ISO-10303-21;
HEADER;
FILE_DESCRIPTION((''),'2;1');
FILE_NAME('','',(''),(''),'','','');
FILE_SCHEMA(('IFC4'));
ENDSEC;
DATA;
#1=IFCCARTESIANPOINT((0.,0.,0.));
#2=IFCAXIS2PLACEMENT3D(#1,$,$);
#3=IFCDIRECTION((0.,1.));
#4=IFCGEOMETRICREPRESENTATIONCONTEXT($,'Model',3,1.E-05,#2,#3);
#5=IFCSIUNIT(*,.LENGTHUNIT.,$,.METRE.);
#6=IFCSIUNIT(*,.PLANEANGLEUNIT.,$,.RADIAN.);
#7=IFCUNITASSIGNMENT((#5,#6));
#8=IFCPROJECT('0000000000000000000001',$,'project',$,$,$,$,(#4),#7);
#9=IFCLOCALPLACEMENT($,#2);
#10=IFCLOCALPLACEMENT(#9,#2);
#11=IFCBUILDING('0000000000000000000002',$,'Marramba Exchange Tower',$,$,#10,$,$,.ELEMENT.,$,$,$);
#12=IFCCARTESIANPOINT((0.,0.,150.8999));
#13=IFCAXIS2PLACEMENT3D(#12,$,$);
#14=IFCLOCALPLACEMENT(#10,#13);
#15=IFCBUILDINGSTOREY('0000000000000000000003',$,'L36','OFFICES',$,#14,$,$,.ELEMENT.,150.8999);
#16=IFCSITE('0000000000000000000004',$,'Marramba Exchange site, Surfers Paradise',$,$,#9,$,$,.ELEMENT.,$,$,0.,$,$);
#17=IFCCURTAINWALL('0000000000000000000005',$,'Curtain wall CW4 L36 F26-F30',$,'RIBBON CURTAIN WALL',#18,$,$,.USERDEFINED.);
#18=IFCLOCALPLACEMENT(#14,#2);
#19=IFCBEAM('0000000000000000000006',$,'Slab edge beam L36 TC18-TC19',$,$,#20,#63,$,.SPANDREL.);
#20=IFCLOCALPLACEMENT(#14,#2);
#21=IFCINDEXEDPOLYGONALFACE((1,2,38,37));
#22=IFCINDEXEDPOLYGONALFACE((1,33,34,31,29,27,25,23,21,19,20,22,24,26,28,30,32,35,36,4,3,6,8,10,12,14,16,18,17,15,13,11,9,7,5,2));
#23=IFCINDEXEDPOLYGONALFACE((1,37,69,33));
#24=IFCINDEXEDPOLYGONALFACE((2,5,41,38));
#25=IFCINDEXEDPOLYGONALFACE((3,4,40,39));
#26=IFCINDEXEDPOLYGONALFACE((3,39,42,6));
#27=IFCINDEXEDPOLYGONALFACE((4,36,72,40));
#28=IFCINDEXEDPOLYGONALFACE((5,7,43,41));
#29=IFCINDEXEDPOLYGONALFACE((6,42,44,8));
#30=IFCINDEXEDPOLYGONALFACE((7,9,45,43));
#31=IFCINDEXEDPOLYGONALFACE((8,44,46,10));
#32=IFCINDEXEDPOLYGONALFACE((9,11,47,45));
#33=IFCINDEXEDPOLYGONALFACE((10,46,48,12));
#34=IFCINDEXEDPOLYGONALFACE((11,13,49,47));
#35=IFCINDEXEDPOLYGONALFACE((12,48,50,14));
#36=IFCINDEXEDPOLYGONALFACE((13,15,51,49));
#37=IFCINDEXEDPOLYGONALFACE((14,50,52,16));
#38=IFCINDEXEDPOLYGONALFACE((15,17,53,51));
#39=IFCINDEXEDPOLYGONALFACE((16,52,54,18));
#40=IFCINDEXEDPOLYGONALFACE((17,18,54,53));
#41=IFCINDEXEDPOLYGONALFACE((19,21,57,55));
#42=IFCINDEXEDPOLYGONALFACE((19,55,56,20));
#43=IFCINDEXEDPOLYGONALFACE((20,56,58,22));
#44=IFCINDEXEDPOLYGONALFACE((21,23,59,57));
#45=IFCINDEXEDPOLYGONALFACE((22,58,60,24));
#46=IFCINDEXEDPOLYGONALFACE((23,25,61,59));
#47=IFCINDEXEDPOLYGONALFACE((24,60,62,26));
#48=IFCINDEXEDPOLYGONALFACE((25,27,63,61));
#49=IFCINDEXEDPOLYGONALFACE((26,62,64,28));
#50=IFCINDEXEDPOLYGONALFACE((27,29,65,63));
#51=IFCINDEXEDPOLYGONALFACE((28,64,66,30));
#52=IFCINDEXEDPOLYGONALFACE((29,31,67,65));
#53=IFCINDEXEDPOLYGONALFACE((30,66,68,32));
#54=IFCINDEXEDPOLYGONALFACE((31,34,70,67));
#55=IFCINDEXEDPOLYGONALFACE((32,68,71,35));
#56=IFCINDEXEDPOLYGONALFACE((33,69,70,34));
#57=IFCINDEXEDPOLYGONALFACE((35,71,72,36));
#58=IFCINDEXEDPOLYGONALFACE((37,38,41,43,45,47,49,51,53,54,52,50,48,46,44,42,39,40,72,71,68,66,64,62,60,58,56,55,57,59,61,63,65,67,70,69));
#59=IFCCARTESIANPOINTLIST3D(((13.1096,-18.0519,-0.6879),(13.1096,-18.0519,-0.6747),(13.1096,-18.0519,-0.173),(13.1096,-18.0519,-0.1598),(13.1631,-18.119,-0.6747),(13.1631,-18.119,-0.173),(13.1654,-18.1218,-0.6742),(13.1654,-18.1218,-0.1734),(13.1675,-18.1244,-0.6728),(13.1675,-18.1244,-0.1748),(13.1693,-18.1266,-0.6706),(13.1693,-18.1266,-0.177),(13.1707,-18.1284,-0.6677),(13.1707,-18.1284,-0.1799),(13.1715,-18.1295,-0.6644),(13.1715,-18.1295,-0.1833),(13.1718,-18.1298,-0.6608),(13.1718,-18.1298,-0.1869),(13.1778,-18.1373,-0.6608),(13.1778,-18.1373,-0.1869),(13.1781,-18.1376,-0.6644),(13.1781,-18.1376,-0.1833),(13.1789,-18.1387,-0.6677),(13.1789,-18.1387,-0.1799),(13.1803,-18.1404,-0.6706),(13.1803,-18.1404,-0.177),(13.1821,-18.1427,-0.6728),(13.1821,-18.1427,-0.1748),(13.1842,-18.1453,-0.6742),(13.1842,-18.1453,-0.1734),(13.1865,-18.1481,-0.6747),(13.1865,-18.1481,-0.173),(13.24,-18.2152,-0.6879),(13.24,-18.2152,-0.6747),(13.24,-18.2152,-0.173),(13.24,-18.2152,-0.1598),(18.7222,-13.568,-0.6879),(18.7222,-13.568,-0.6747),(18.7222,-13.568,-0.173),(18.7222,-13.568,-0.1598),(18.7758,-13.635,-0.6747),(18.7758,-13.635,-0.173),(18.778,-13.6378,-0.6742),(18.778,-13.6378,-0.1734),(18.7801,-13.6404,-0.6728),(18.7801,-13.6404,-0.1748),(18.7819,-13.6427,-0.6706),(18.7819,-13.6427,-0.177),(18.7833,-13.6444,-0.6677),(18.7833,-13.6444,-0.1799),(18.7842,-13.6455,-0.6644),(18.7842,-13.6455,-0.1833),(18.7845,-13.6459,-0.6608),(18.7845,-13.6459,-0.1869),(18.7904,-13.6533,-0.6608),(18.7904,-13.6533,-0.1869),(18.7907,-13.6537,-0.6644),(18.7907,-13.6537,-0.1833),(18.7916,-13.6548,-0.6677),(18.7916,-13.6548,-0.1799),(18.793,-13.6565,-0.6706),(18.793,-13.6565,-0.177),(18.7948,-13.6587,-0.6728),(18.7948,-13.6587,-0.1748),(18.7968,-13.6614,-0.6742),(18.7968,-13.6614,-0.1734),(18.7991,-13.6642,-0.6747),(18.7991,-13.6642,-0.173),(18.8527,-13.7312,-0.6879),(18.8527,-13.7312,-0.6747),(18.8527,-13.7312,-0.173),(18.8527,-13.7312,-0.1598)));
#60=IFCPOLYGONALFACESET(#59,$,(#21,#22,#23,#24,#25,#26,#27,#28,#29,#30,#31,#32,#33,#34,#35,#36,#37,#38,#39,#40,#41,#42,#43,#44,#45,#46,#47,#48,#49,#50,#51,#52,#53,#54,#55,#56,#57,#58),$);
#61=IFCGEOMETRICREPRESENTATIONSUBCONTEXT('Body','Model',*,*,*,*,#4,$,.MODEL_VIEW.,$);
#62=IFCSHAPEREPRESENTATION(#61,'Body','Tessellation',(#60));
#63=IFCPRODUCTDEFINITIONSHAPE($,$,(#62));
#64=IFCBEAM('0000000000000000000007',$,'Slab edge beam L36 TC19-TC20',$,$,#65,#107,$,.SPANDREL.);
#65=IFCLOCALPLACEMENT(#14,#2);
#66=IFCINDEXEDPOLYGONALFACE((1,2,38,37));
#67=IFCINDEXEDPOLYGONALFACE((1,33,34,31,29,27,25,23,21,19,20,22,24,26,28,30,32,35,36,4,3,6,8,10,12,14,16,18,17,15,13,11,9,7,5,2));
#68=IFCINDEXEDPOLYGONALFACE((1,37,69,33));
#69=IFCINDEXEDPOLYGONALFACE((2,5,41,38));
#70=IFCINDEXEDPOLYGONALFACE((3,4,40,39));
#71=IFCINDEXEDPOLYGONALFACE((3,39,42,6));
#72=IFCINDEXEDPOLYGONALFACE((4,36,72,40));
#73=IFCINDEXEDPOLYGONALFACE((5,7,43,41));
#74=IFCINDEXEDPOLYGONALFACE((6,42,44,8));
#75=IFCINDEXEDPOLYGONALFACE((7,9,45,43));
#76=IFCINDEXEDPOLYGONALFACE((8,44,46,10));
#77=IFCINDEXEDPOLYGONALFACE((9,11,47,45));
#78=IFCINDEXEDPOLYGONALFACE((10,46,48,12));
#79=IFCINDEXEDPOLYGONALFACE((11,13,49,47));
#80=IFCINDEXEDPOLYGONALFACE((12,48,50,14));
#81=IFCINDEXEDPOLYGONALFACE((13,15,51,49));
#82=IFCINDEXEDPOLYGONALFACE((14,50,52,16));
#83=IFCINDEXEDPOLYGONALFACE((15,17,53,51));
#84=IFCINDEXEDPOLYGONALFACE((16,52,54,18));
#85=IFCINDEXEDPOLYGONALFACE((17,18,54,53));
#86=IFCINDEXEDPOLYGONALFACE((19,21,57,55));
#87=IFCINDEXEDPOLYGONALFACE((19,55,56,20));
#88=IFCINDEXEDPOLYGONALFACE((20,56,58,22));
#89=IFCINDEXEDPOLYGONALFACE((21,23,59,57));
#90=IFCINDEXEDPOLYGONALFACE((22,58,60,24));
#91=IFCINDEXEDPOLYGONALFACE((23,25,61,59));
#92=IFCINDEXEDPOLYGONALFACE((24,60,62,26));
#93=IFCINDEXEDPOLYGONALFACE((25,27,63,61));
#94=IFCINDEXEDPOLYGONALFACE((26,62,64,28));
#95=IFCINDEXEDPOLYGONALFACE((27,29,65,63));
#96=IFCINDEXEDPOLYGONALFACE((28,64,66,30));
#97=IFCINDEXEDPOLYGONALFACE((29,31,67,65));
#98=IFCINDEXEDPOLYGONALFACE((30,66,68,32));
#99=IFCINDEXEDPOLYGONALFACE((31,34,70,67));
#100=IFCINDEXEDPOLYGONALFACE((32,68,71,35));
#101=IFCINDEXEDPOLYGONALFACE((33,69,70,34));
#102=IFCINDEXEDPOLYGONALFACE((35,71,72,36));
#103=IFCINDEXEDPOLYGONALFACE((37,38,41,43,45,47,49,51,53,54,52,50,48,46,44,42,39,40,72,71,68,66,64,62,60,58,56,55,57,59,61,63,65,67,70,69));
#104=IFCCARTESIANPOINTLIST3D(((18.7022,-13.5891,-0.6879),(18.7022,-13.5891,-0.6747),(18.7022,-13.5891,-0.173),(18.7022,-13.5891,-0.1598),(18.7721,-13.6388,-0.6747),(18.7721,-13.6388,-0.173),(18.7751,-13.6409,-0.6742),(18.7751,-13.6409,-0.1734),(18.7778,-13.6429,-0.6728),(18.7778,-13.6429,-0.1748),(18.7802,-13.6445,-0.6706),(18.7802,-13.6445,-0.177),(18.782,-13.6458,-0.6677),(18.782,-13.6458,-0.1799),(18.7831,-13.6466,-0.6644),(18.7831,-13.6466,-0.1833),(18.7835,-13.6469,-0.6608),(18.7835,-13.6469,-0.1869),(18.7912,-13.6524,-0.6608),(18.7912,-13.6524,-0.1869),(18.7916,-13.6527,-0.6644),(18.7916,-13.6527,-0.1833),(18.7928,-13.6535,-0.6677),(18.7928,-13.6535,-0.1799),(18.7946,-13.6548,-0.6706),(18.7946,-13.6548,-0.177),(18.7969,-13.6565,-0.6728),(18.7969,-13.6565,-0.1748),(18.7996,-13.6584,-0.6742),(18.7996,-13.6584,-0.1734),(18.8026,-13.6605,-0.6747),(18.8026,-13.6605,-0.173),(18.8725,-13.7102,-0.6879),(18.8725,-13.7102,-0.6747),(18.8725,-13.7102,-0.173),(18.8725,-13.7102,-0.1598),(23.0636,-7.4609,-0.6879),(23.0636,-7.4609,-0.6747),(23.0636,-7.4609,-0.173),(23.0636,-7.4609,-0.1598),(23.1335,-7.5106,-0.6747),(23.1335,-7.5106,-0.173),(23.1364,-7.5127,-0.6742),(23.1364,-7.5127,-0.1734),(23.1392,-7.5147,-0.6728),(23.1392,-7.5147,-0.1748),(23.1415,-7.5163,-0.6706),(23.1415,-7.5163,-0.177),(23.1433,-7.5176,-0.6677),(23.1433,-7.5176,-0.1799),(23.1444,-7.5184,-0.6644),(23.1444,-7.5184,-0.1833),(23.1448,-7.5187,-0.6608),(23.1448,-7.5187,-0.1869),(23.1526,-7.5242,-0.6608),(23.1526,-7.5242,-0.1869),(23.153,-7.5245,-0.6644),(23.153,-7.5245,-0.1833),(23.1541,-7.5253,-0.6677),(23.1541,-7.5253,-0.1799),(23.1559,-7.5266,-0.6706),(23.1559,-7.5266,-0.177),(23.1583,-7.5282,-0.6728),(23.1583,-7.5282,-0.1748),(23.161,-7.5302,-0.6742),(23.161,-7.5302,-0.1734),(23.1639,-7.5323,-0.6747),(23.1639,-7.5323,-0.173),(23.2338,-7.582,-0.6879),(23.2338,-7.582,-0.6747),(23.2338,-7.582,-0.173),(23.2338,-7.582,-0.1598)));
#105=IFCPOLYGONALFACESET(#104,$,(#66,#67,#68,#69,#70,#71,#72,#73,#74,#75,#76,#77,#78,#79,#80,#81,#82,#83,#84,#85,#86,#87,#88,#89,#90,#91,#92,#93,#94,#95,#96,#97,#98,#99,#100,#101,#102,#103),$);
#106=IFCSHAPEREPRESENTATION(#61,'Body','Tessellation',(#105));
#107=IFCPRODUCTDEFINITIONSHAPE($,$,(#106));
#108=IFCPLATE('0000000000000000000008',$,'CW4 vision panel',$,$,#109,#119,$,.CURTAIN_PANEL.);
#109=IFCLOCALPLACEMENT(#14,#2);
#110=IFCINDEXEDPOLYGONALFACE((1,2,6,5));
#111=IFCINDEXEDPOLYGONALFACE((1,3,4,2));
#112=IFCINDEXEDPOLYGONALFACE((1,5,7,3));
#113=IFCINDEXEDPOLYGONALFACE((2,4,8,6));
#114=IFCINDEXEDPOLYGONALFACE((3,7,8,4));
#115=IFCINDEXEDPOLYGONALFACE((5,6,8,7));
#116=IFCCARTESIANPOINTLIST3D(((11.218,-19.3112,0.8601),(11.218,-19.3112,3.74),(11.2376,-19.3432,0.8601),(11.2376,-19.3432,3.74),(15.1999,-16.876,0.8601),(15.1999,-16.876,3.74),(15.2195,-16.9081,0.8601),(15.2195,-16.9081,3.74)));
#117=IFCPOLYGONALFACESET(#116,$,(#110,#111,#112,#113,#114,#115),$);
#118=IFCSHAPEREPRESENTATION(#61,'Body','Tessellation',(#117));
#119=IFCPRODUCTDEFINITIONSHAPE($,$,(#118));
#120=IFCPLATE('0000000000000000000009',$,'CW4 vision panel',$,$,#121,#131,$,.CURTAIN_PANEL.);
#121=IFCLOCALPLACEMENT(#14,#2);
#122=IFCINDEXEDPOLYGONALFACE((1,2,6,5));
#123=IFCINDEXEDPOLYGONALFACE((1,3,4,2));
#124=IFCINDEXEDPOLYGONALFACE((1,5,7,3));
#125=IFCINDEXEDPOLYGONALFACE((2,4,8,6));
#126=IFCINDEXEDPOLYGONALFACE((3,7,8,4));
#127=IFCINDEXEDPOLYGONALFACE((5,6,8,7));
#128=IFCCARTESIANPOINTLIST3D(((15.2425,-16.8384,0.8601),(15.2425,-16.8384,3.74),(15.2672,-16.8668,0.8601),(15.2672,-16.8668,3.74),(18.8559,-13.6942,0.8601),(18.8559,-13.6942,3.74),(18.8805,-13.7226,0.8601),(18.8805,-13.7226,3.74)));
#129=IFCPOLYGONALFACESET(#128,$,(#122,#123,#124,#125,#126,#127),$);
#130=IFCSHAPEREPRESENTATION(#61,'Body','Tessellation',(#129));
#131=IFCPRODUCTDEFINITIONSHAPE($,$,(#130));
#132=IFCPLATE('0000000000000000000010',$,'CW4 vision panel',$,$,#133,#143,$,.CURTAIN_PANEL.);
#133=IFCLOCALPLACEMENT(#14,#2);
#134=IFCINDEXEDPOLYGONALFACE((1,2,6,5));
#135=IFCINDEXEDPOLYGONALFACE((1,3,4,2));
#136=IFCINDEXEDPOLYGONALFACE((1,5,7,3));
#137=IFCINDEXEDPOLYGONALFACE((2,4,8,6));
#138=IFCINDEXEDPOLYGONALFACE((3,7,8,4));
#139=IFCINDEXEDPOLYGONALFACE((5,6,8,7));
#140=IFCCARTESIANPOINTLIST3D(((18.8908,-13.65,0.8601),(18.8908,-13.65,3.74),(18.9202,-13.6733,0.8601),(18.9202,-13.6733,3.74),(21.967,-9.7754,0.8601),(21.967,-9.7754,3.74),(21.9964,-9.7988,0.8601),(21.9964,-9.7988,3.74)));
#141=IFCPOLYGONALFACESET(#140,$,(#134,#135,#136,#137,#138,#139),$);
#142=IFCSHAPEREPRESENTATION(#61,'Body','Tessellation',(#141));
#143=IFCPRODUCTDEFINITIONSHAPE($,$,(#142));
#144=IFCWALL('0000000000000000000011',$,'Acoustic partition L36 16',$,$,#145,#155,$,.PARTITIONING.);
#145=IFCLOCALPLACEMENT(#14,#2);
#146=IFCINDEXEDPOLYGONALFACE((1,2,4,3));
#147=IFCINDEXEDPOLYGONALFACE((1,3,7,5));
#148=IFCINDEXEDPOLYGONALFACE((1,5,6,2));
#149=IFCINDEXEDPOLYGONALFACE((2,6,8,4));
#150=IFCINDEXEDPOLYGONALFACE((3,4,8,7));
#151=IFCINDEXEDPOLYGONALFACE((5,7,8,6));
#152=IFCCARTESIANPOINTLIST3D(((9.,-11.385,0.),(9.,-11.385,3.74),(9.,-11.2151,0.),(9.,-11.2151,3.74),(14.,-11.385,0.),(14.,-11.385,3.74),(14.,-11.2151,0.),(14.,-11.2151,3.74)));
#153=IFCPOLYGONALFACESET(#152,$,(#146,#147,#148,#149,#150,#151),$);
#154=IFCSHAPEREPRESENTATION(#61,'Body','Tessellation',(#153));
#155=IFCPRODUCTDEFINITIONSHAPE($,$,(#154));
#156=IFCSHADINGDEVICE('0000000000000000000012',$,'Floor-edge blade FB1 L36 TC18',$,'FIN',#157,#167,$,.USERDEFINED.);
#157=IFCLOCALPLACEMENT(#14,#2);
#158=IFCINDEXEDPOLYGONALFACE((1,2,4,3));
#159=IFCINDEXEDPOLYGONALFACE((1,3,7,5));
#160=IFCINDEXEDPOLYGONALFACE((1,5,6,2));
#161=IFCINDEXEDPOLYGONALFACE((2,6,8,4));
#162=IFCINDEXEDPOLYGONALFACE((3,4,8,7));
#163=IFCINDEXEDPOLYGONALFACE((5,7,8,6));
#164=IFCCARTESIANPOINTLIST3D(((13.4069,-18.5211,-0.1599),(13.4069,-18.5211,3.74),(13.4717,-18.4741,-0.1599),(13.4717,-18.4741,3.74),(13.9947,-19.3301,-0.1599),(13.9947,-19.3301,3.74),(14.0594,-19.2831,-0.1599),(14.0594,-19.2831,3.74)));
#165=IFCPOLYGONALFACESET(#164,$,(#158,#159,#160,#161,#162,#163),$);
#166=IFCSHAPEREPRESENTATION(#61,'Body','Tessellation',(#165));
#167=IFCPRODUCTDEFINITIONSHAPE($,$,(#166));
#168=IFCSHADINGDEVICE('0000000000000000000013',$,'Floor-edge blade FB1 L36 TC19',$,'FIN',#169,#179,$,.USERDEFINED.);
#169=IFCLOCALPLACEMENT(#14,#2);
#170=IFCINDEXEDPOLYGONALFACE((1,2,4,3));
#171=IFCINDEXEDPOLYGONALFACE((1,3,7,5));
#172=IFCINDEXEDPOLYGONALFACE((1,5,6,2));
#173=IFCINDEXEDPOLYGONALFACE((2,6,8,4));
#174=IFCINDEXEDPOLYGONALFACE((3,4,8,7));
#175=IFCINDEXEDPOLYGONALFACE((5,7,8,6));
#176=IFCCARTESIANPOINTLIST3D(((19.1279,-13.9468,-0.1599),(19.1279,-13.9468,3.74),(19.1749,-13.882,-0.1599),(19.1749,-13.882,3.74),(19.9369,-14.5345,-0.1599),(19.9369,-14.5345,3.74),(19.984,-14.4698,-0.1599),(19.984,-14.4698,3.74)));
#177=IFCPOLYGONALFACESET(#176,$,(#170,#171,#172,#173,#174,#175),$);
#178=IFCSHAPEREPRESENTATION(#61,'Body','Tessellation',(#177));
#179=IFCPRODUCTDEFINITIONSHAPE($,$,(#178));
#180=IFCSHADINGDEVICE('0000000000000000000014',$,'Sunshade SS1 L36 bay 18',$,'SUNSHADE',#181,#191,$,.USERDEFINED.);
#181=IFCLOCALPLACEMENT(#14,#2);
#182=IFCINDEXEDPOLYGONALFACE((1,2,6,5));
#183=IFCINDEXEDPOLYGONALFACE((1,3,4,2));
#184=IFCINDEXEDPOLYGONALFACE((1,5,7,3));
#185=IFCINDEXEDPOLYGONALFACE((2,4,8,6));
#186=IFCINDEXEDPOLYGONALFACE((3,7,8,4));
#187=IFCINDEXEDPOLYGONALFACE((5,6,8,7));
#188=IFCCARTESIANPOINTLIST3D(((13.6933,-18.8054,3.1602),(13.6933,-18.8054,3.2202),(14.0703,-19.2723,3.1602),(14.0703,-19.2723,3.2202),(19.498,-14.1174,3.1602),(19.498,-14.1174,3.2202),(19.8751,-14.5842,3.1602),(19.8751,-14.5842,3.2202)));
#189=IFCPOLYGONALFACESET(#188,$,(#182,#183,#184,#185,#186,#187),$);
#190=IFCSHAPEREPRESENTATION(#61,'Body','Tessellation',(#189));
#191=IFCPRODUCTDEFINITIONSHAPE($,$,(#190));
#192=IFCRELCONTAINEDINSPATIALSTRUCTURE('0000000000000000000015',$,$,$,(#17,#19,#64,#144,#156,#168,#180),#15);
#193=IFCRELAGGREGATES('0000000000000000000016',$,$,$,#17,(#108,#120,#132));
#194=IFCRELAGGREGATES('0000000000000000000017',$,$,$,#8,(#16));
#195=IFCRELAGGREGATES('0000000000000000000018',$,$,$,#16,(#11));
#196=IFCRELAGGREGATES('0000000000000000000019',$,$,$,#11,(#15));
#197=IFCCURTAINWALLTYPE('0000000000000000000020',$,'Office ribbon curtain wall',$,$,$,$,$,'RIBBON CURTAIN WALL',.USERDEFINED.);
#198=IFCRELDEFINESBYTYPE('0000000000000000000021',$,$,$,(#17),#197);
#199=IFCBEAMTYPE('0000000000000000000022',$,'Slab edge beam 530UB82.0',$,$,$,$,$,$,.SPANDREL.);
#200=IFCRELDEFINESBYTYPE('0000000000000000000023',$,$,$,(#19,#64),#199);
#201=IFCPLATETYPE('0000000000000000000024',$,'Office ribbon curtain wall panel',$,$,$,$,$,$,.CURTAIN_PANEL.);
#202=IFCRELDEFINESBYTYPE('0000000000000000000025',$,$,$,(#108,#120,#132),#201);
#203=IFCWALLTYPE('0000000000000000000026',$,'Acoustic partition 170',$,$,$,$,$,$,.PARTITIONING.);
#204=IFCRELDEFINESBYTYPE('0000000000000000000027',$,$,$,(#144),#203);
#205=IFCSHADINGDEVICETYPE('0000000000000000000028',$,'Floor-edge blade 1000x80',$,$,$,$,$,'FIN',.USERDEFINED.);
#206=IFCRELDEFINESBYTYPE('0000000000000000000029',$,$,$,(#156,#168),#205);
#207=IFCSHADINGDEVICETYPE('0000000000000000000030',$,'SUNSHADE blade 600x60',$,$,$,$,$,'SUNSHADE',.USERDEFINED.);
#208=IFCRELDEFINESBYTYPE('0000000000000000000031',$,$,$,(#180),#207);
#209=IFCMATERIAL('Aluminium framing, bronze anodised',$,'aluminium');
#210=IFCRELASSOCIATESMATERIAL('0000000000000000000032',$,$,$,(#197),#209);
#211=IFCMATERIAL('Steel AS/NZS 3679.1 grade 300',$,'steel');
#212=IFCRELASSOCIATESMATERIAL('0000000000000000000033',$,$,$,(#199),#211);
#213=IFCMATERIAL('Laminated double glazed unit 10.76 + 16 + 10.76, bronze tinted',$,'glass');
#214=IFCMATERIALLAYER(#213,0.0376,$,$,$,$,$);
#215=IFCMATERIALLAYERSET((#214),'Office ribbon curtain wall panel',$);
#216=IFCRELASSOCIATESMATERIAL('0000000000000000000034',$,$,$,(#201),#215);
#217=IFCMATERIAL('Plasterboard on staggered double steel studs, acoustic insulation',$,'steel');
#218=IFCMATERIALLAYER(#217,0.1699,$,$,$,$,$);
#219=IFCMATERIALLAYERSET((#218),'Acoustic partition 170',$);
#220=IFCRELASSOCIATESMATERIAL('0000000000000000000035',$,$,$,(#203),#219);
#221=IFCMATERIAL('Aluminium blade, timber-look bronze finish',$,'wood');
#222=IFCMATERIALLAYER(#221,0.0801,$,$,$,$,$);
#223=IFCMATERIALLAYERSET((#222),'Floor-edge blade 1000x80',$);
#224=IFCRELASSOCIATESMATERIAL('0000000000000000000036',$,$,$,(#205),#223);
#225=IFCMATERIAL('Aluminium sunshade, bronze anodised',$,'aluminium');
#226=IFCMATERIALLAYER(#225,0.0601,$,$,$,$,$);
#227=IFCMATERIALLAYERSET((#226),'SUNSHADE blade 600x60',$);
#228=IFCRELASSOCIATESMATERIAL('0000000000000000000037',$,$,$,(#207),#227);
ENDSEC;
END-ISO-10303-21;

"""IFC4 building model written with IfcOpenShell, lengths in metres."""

from ifc_helpers import new_model, si_unit, direction, frame, frame_2d, origin, origin_2d, place, context, subcontext, project, spatial, rectangle, i_section, extrude, material, layer, layer_set, material_profile, profile_set, type_object, element, aggregate, save


model = new_model("IFC4")

# Units and contexts
model_context = context("Model", 3, precision=1e-05, world=origin(), true_north=direction((0.0, 1.0)))
body_context = subcontext(model_context, "Body", "Model", "MODEL_VIEW")
ifc_project = project(units=[si_unit("LENGTHUNIT", "METRE"), si_unit("PLANEANGLEUNIT", "RADIAN")], contexts=[model_context])

# Site, building, storey
site_placement = place(None, origin())
site = spatial("IfcSite", under=ifc_project, at=site_placement, Name="Marramba Exchange site, Surfers Paradise", CompositionType="ELEMENT", RefElevation=0.0)
building_placement = place(site_placement, origin())
building = spatial("IfcBuilding", under=site, at=building_placement, Name="Marramba Exchange Tower", CompositionType="ELEMENT")
storey_placement = place(building_placement, frame((0.0, 0.0, 150.8999)))
storey = spatial("IfcBuildingStorey", under=building, at=storey_placement, Name="L36", Description="OFFICES", CompositionType="ELEMENT", Elevation=150.8999)

# Curtain wall
ifc_material_1 = material(Name="Aluminium framing, bronze anodised", Category="aluminium")
curtain_wall_type = type_object("IfcCurtainWallType", Name="Office ribbon curtain wall", ElementType="RIBBON CURTAIN WALL", PredefinedType="USERDEFINED", material=ifc_material_1)
curtain_wall_placement = place(storey_placement, origin())
curtain_wall = element("IfcCurtainWall", 1, at=curtain_wall_placement, inside=storey, type_object=curtain_wall_type, Name="Curtain wall CW4 L36 F26-F30", ObjectType="RIBBON CURTAIN WALL", PredefinedType="USERDEFINED")

# Beams
ifc_material_2 = material(Name="Steel AS/NZS 3679.1 grade 300", Category="steel")
ifc_material_profile_1 = material_profile(ifc_material_2, i_section(OverallWidth=0.209, OverallDepth=0.5281, WebThickness=0.0095, FlangeThickness=0.0132, FilletRadius=0.0139, at=origin_2d()), Name="530UB82.0")
ifc_profile_set_1 = profile_set([ifc_material_profile_1], Name="Steel AS/NZS 3679.1 grade 300")
beam_type_1 = type_object("IfcBeamType", Name="Slab edge beam 530UB82.0", PredefinedType="SPANDREL", material=ifc_profile_set_1)
beam_1_placement = place(storey_placement, frame((13.1748, -18.1335, -0.4238), z_axis=(0.781286, 0.624173, 0.0), x_axis=(-0.624173, 0.781286, 0.0)))
element("IfcBeam", 2, at=beam_1_placement, inside=storey, type_object=beam_type_1, Name="Slab edge beam L36 TC18-TC19", PredefinedType="SPANDREL", context=body_context, shape_type="SweptSolid", body=[
    extrude(i_section(OverallWidth=0.209, OverallDepth=0.5281, WebThickness=0.0095, FlangeThickness=0.0132, FilletRadius=0.0139, at=origin_2d()), origin(), (0.0, 0.0, 1.0), 7.1838),
])
beam_2_placement = place(storey_placement, frame((18.7874, -13.6497, -0.4238), z_axis=(0.579834, 0.814735, 0.0), x_axis=(-0.814735, 0.579834, 0.0)))
element("IfcBeam", 3, at=beam_2_placement, inside=storey, type_object=beam_type_1, Name="Slab edge beam L36 TC19-TC20", PredefinedType="SPANDREL", context=body_context, shape_type="SweptSolid", body=[
    extrude(i_section(OverallWidth=0.209, OverallDepth=0.5281, WebThickness=0.0095, FlangeThickness=0.0132, FilletRadius=0.0139, at=origin_2d()), origin(), (0.0, 0.0, 1.0), 7.5217),
])

# Plates
ifc_material_3 = material(Name="Laminated double glazed unit 10.76 + 16 + 10.76, bronze tinted", Category="glass")
ifc_layer_1 = layer(ifc_material_3, 0.0376)
ifc_layer_set_1 = layer_set([ifc_layer_1], Name="Office ribbon curtain wall panel")
plate_type = type_object("IfcPlateType", Name="Office ribbon curtain wall panel", PredefinedType="CURTAIN_PANEL", material=ifc_layer_set_1)
plate_1_placement = place(storey_placement, frame((13.2188, -18.1096, 0.8601), z_axis=(0.0, 0.0, 1.0), x_axis=(0.853109, 0.521733, 0.0)))
plate_1 = element("IfcPlate", 4, at=plate_1_placement, type_object=plate_type, Name="CW4 vision panel", PredefinedType="CURTAIN_PANEL", context=body_context, shape_type="SweptSolid", body=[
    extrude(rectangle(XDim=4.6675, YDim=0.0376, at=origin_2d()), origin(), (0.0, 0.0, 1.0), 2.8799),
])
plate_2_placement = place(storey_placement, frame((17.0615, -15.2805, 0.8601), z_axis=(0.0, 0.0, 1.0), x_axis=(0.754386, 0.656432, 0.0)))
plate_2 = element("IfcPlate", 5, at=plate_2_placement, type_object=plate_type, Name="CW4 vision panel", PredefinedType="CURTAIN_PANEL", context=body_context, shape_type="SweptSolid", body=[
    extrude(rectangle(XDim=4.7898, YDim=0.0376, at=origin_2d()), origin(), (0.0, 0.0, 1.0), 2.8799),
])
plate_3_placement = place(storey_placement, frame((20.4436, -11.7244, 0.8601), z_axis=(0.0, 0.0, 1.0), x_axis=(0.621807, 0.78317, 0.0)))
plate_3 = element("IfcPlate", 6, at=plate_3_placement, type_object=plate_type, Name="CW4 vision panel", PredefinedType="CURTAIN_PANEL", context=body_context, shape_type="SweptSolid", body=[
    extrude(rectangle(XDim=4.9473, YDim=0.0376, at=origin_2d()), origin(), (0.0, 0.0, 1.0), 2.8799),
])
aggregate(curtain_wall, [plate_1, plate_2, plate_3])

# Wall
ifc_material_4 = material(Name="Plasterboard on staggered double steel studs, acoustic insulation", Category="steel")
ifc_layer_2 = layer(ifc_material_4, 0.1699)
ifc_layer_set_2 = layer_set([ifc_layer_2], Name="Acoustic partition 170")
wall_type = type_object("IfcWallType", Name="Acoustic partition 170", PredefinedType="PARTITIONING", material=ifc_layer_set_2)
wall_1_placement = place(storey_placement, frame((14.0, -11.3, 0.0), z_axis=(0.0, 0.0, 1.0), x_axis=(-1.0, 0.0, 0.0)))
element("IfcWall", 7, at=wall_1_placement, inside=storey, type_object=wall_type, Name="Acoustic partition L36 16", PredefinedType="PARTITIONING", context=body_context, shape_type="SweptSolid", body=[
    extrude(rectangle(XDim=5.0, YDim=0.1699, at=frame_2d((2.5, 0.0))), origin(), (0.0, 0.0, 1.0), 3.74),
])

# Shading devices
ifc_material_5 = material(Name="Aluminium blade, timber-look bronze finish", Category="wood")
ifc_layer_3 = layer(ifc_material_5, 0.0801)
ifc_layer_set_3 = layer_set([ifc_layer_3], Name="Floor-edge blade 1000x80")
shading_device_type_1 = type_object("IfcShadingDeviceType", Name="Floor-edge blade 1000x80", ElementType="FIN", PredefinedType="USERDEFINED", material=ifc_layer_set_3)
for number, where, z_axis, x_axis, name in (
    (8, (13.7332, -18.9021, -0.1599), (0.0, 0.0, 1.0), (0.587785, -0.809017, 0.0), "Floor-edge blade FB1 L36 TC18"),
    (9, (19.5559, -14.2083, -0.1599), (0.0, 0.0, 1.0), (0.809017, -0.587785, 0.0), "Floor-edge blade FB1 L36 TC19"),
):
    element("IfcShadingDevice", number, at=place(storey_placement, frame(where, z_axis=z_axis, x_axis=x_axis)), inside=storey, type_object=shading_device_type_1, Name=name, ObjectType="FIN", PredefinedType="USERDEFINED", context=body_context, shape_type="SweptSolid", body=[
        extrude(rectangle(XDim=1.0, YDim=0.0801, at=origin_2d()), origin(), (0.0, 0.0, 1.0), 3.8999),
    ])
ifc_material_6 = material(Name="Aluminium sunshade, bronze anodised", Category="aluminium")
ifc_layer_4 = layer(ifc_material_6, 0.0601)
ifc_layer_set_4 = layer_set([ifc_layer_4], Name="SUNSHADE blade 600x60")
shading_device_type_2 = type_object("IfcShadingDeviceType", Name="SUNSHADE blade 600x60", ElementType="SUNSHADE", PredefinedType="USERDEFINED", material=ifc_layer_set_4)
shading_device_placement = place(storey_placement, frame((16.7842, -16.6948, 3.1602), z_axis=(0.0, 0.0, 1.0), x_axis=(0.777962, 0.628311, 0.0)))
element("IfcShadingDevice", 10, at=shading_device_placement, inside=storey, type_object=shading_device_type_2, Name="Sunshade SS1 L36 bay 18", ObjectType="SUNSHADE", PredefinedType="USERDEFINED", context=body_context, shape_type="SweptSolid", body=[
    extrude(rectangle(XDim=7.4614, YDim=0.6001, at=origin_2d()), origin(), (0.0, 0.0, 1.0), 0.0601),
])

save(model, "model.ifc")
